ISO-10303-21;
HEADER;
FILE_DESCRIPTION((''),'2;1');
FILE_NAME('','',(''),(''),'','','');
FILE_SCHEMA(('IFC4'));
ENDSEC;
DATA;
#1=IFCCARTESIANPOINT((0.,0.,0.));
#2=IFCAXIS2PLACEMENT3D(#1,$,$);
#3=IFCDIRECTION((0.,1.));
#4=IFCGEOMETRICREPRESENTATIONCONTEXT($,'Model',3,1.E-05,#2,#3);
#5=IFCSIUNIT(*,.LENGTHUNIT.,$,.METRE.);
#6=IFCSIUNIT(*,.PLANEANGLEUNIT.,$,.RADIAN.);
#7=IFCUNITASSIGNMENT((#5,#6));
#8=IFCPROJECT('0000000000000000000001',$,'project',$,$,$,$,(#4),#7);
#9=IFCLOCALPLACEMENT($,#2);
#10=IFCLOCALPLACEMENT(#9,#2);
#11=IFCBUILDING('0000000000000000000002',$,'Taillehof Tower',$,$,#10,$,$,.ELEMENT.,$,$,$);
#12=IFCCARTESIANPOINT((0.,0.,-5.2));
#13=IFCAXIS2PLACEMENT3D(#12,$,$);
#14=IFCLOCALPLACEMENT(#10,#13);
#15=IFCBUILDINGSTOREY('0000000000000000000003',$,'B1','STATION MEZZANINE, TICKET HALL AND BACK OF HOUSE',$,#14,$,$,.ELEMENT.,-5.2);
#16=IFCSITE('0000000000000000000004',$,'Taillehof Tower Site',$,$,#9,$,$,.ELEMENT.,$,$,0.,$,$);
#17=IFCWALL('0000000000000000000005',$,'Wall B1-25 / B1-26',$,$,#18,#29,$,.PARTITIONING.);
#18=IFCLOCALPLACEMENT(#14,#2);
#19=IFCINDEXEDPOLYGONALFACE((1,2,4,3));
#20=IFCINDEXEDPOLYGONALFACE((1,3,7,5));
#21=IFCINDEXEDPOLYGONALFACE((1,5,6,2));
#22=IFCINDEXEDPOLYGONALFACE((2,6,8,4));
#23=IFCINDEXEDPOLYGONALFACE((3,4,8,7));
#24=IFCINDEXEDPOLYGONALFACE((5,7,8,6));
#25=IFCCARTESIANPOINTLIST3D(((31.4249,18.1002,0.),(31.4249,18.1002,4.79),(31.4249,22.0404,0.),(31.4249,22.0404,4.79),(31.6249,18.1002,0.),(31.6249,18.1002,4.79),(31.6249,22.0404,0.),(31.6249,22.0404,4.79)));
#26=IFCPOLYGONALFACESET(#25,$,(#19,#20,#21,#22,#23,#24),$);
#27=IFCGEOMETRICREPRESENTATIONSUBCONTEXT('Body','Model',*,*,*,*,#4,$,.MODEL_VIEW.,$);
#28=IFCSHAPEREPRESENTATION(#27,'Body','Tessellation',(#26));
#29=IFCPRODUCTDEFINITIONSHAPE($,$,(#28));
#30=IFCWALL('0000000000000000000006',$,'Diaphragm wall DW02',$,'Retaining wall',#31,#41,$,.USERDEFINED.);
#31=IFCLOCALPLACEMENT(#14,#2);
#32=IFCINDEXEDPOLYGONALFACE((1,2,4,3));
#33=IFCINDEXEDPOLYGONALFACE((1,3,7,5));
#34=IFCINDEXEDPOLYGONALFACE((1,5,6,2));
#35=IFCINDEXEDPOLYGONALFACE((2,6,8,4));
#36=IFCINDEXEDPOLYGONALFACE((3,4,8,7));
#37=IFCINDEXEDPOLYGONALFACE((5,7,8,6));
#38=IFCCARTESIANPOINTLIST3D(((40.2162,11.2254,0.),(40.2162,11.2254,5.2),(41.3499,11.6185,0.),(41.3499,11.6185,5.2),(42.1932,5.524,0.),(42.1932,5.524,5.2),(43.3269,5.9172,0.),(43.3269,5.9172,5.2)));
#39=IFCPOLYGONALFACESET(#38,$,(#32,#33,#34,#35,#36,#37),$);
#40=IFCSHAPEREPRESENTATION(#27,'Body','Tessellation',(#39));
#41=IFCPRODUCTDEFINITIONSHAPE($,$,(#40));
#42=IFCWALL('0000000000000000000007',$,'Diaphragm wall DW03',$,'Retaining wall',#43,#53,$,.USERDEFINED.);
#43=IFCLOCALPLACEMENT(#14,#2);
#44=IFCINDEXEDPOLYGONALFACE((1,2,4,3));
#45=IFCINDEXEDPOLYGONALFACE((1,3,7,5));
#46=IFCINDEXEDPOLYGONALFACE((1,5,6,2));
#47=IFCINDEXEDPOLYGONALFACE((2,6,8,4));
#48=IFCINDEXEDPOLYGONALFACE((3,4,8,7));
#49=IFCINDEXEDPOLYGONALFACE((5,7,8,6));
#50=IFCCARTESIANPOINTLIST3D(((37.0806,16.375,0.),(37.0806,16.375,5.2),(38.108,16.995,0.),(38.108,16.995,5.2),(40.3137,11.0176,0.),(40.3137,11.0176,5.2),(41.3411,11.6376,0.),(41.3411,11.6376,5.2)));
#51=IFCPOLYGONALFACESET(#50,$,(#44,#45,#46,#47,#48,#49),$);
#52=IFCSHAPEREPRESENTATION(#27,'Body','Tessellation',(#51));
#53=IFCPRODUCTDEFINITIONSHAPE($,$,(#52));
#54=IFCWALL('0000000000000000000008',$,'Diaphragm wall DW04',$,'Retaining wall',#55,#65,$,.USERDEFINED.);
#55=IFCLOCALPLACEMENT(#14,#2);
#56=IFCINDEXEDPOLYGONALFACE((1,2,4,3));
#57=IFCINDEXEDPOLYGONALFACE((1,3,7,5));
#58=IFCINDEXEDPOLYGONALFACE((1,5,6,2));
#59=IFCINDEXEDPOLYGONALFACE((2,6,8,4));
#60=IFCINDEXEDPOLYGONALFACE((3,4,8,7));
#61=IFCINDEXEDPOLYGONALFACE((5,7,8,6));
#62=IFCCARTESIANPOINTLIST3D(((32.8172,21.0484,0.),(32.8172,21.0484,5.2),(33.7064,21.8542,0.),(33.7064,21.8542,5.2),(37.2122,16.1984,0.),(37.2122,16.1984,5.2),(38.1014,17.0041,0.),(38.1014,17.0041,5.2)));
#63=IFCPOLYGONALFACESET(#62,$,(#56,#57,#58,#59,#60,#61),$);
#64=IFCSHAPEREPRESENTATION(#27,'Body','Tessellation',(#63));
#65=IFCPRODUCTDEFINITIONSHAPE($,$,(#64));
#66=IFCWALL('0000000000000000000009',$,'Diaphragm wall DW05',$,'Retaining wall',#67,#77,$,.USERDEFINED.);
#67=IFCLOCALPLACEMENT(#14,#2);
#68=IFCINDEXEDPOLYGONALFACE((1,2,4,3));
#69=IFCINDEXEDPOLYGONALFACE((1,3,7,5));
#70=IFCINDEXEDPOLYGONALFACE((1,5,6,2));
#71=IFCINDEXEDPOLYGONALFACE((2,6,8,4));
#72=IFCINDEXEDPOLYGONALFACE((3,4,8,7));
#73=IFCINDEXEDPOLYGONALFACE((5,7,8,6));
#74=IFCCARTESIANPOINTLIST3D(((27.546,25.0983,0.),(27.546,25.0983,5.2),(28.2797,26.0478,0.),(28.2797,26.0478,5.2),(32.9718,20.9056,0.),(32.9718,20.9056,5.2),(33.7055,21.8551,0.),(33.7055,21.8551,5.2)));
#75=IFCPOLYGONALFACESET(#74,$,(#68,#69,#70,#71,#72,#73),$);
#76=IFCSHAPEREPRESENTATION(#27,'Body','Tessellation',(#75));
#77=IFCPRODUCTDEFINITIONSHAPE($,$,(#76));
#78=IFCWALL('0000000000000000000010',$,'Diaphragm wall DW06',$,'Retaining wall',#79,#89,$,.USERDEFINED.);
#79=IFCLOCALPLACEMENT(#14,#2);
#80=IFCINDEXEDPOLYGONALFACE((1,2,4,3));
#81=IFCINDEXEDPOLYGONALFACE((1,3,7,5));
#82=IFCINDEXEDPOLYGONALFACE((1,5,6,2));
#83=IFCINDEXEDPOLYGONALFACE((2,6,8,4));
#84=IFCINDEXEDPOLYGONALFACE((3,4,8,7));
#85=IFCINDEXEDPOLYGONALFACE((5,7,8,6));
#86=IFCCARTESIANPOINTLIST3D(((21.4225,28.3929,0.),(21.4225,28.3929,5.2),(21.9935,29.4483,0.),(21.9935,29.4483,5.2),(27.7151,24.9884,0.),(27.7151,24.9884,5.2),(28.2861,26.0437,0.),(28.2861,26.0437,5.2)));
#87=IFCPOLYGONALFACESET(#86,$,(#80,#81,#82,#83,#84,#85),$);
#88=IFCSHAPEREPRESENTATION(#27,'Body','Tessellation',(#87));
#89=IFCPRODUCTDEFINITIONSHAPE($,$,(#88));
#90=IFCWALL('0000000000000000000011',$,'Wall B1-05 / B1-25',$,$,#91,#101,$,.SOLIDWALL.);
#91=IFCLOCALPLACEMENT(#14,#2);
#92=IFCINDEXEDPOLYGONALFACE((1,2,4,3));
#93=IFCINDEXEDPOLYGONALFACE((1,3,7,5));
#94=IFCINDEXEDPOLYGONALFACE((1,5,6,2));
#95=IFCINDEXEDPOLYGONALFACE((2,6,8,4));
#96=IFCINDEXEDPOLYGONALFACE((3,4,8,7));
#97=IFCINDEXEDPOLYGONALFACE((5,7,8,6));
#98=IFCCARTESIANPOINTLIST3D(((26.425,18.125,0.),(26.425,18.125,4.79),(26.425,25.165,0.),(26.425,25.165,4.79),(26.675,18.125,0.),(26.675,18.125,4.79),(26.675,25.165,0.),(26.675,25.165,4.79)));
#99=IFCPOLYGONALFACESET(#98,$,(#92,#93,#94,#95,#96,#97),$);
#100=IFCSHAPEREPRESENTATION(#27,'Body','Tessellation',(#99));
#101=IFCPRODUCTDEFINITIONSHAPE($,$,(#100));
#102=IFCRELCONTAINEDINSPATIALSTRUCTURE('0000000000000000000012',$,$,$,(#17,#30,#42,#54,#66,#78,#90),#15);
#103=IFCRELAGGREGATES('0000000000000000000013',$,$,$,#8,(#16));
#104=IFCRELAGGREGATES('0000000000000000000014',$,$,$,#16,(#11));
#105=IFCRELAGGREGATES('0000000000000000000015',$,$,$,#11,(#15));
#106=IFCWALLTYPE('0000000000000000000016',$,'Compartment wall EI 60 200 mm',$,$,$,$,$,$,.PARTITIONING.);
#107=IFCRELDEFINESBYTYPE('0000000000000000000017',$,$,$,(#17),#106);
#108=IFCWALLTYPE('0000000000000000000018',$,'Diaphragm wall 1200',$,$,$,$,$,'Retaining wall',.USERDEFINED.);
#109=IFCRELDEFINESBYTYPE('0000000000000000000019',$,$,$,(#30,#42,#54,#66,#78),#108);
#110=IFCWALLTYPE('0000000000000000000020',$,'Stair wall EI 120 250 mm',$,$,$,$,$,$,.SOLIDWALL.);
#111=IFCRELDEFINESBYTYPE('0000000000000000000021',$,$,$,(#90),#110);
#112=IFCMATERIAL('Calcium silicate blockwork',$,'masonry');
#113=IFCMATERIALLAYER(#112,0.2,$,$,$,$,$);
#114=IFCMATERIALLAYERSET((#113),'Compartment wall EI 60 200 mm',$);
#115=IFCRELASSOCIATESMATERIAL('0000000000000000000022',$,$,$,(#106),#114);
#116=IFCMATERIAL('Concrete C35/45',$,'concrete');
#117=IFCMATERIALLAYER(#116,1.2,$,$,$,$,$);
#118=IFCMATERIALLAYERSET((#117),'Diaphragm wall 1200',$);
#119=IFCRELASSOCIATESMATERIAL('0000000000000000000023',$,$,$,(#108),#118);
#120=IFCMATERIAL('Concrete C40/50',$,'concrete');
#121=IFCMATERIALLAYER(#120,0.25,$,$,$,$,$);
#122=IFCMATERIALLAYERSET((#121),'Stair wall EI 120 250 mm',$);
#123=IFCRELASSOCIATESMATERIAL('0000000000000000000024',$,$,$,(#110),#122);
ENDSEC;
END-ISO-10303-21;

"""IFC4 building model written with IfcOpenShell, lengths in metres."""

from ifc_helpers import new_model, si_unit, direction, frame, frame_2d, origin, place, context, subcontext, project, spatial, rectangle, extrude, material, layer, layer_set, type_object, element, save


model = new_model("IFC4")

# Units and contexts
model_context = context("Model", 3, precision=1e-05, world=origin(), true_north=direction((0.0, 1.0)))
body_context = subcontext(model_context, "Body", "Model", "MODEL_VIEW")
ifc_project = project(units=[si_unit("LENGTHUNIT", "METRE"), si_unit("PLANEANGLEUNIT", "RADIAN")], contexts=[model_context])

# Site, building, storey
site_placement = place(None, origin())
site = spatial("IfcSite", under=ifc_project, at=site_placement, Name="Taillehof Tower Site", CompositionType="ELEMENT", RefElevation=0.0)
building_placement = place(site_placement, origin())
building = spatial("IfcBuilding", under=site, at=building_placement, Name="Taillehof Tower", CompositionType="ELEMENT")
storey_placement = place(building_placement, frame((0.0, 0.0, -5.2)))
storey = spatial("IfcBuildingStorey", under=building, at=storey_placement, Name="B1", Description="STATION MEZZANINE, TICKET HALL AND BACK OF HOUSE", CompositionType="ELEMENT", Elevation=-5.2)

# Shared definitions
ifc_material_1 = material(Name="Calcium silicate blockwork", Category="masonry")
ifc_layer_1 = layer(ifc_material_1, 0.2)
ifc_layer_set_1 = layer_set([ifc_layer_1], Name="Compartment wall EI 60 200 mm")
wall_type_1 = type_object("IfcWallType", Name="Compartment wall EI 60 200 mm", PredefinedType="PARTITIONING", material=ifc_layer_set_1)

# Walls
wall_1_placement = place(storey_placement, frame((31.5249, 18.1001, 0.0), z_axis=(0.0, 0.0, 1.0), x_axis=(0.0, 1.0, 0.0)))
element("IfcWall", 1, at=wall_1_placement, inside=storey, type_object=wall_type_1, Name="Wall B1-25 / B1-26", PredefinedType="PARTITIONING", context=body_context, shape_type="SweptSolid", body=[
    extrude(rectangle(XDim=3.9402, YDim=0.2, at=frame_2d((1.9702, 0.0))), origin(), (0.0, 0.0, 1.0), 4.79),
])
ifc_material_2 = material(Name="Concrete C35/45", Category="concrete")
ifc_layer_2 = layer(ifc_material_2, 1.2)
ifc_layer_set_2 = layer_set([ifc_layer_2], Name="Diaphragm wall 1200")
wall_type_2 = type_object("IfcWallType", Name="Diaphragm wall 1200", ElementType="Retaining wall", PredefinedType="USERDEFINED", material=ifc_layer_set_2)
wall_2_placement = place(storey_placement, frame((42.76, 5.7207, 0.0), z_axis=(0.0, 0.0, 1.0), x_axis=(-0.327626, 0.944807, 0.0)))
element("IfcWall", 2, at=wall_2_placement, inside=storey, type_object=wall_type_2, Name="Diaphragm wall DW02", ObjectType="Retaining wall", PredefinedType="USERDEFINED", context=body_context, shape_type="SweptSolid", body=[
    extrude(rectangle(XDim=6.0344, YDim=1.2, at=frame_2d((3.0171, 0.0))), origin(), (0.0, 0.0, 1.0), 5.2),
])
wall_3_placement = place(storey_placement, frame((40.8274, 11.3276, 0.0), z_axis=(0.0, 0.0, 1.0), x_axis=(-0.516692, 0.856172, 0.0)))
element("IfcWall", 3, at=wall_3_placement, inside=storey, type_object=wall_type_2, Name="Diaphragm wall DW03", ObjectType="Retaining wall", PredefinedType="USERDEFINED", context=body_context, shape_type="SweptSolid", body=[
    extrude(rectangle(XDim=6.2573, YDim=1.2, at=frame_2d((3.1287, 0.0))), origin(), (0.0, 0.0, 1.0), 5.2),
])
wall_4_placement = place(storey_placement, frame((37.6567, 16.6013, 0.0), z_axis=(0.0, 0.0, 1.0), x_axis=(-0.671487, 0.741016, 0.0)))
element("IfcWall", 4, at=wall_4_placement, inside=storey, type_object=wall_type_2, Name="Diaphragm wall DW04", ObjectType="Retaining wall", PredefinedType="USERDEFINED", context=body_context, shape_type="SweptSolid", body=[
    extrude(rectangle(XDim=6.5452, YDim=1.2, at=frame_2d((3.2725, 0.0))), origin(), (0.0, 0.0, 1.0), 5.2),
])
wall_5_placement = place(storey_placement, frame((33.3386, 21.3804, 0.0), z_axis=(0.0, 0.0, 1.0), x_axis=(-0.791287, 0.611445, 0.0)))
element("IfcWall", 5, at=wall_5_placement, inside=storey, type_object=wall_type_2, Name="Diaphragm wall DW05", ObjectType="Retaining wall", PredefinedType="USERDEFINED", context=body_context, shape_type="SweptSolid", body=[
    extrude(rectangle(XDim=6.8569, YDim=1.2, at=frame_2d((3.4285, 0.0))), origin(), (0.0, 0.0, 1.0), 5.2),
])
wall_6_placement = place(storey_placement, frame((28.0005, 25.5161, 0.0), z_axis=(0.0, 0.0, 1.0), x_axis=(-0.879519, 0.475863, 0.0)))
element("IfcWall", 6, at=wall_6_placement, inside=storey, type_object=wall_type_2, Name="Diaphragm wall DW06", ObjectType="Retaining wall", PredefinedType="USERDEFINED", context=body_context, shape_type="SweptSolid", body=[
    extrude(rectangle(XDim=7.1545, YDim=1.2, at=frame_2d((3.5771, 0.0))), origin(), (0.0, 0.0, 1.0), 5.2),
])
ifc_material_3 = material(Name="Concrete C40/50", Category="concrete")
ifc_layer_3 = layer(ifc_material_3, 0.25)
ifc_layer_set_3 = layer_set([ifc_layer_3], Name="Stair wall EI 120 250 mm")
wall_type_3 = type_object("IfcWallType", Name="Stair wall EI 120 250 mm", PredefinedType="SOLIDWALL", material=ifc_layer_set_3)
wall_7_placement = place(storey_placement, frame((26.55, 18.125, 0.0), z_axis=(0.0, 0.0, 1.0), x_axis=(0.0, 1.0, 0.0)))
element("IfcWall", 7, at=wall_7_placement, inside=storey, type_object=wall_type_3, Name="Wall B1-05 / B1-25", PredefinedType="SOLIDWALL", context=body_context, shape_type="SweptSolid", body=[
    extrude(rectangle(XDim=7.04, YDim=0.25, at=frame_2d((3.52, 0.0))), origin(), (0.0, 0.0, 1.0), 4.79),
])

save(model, "model.ifc")
